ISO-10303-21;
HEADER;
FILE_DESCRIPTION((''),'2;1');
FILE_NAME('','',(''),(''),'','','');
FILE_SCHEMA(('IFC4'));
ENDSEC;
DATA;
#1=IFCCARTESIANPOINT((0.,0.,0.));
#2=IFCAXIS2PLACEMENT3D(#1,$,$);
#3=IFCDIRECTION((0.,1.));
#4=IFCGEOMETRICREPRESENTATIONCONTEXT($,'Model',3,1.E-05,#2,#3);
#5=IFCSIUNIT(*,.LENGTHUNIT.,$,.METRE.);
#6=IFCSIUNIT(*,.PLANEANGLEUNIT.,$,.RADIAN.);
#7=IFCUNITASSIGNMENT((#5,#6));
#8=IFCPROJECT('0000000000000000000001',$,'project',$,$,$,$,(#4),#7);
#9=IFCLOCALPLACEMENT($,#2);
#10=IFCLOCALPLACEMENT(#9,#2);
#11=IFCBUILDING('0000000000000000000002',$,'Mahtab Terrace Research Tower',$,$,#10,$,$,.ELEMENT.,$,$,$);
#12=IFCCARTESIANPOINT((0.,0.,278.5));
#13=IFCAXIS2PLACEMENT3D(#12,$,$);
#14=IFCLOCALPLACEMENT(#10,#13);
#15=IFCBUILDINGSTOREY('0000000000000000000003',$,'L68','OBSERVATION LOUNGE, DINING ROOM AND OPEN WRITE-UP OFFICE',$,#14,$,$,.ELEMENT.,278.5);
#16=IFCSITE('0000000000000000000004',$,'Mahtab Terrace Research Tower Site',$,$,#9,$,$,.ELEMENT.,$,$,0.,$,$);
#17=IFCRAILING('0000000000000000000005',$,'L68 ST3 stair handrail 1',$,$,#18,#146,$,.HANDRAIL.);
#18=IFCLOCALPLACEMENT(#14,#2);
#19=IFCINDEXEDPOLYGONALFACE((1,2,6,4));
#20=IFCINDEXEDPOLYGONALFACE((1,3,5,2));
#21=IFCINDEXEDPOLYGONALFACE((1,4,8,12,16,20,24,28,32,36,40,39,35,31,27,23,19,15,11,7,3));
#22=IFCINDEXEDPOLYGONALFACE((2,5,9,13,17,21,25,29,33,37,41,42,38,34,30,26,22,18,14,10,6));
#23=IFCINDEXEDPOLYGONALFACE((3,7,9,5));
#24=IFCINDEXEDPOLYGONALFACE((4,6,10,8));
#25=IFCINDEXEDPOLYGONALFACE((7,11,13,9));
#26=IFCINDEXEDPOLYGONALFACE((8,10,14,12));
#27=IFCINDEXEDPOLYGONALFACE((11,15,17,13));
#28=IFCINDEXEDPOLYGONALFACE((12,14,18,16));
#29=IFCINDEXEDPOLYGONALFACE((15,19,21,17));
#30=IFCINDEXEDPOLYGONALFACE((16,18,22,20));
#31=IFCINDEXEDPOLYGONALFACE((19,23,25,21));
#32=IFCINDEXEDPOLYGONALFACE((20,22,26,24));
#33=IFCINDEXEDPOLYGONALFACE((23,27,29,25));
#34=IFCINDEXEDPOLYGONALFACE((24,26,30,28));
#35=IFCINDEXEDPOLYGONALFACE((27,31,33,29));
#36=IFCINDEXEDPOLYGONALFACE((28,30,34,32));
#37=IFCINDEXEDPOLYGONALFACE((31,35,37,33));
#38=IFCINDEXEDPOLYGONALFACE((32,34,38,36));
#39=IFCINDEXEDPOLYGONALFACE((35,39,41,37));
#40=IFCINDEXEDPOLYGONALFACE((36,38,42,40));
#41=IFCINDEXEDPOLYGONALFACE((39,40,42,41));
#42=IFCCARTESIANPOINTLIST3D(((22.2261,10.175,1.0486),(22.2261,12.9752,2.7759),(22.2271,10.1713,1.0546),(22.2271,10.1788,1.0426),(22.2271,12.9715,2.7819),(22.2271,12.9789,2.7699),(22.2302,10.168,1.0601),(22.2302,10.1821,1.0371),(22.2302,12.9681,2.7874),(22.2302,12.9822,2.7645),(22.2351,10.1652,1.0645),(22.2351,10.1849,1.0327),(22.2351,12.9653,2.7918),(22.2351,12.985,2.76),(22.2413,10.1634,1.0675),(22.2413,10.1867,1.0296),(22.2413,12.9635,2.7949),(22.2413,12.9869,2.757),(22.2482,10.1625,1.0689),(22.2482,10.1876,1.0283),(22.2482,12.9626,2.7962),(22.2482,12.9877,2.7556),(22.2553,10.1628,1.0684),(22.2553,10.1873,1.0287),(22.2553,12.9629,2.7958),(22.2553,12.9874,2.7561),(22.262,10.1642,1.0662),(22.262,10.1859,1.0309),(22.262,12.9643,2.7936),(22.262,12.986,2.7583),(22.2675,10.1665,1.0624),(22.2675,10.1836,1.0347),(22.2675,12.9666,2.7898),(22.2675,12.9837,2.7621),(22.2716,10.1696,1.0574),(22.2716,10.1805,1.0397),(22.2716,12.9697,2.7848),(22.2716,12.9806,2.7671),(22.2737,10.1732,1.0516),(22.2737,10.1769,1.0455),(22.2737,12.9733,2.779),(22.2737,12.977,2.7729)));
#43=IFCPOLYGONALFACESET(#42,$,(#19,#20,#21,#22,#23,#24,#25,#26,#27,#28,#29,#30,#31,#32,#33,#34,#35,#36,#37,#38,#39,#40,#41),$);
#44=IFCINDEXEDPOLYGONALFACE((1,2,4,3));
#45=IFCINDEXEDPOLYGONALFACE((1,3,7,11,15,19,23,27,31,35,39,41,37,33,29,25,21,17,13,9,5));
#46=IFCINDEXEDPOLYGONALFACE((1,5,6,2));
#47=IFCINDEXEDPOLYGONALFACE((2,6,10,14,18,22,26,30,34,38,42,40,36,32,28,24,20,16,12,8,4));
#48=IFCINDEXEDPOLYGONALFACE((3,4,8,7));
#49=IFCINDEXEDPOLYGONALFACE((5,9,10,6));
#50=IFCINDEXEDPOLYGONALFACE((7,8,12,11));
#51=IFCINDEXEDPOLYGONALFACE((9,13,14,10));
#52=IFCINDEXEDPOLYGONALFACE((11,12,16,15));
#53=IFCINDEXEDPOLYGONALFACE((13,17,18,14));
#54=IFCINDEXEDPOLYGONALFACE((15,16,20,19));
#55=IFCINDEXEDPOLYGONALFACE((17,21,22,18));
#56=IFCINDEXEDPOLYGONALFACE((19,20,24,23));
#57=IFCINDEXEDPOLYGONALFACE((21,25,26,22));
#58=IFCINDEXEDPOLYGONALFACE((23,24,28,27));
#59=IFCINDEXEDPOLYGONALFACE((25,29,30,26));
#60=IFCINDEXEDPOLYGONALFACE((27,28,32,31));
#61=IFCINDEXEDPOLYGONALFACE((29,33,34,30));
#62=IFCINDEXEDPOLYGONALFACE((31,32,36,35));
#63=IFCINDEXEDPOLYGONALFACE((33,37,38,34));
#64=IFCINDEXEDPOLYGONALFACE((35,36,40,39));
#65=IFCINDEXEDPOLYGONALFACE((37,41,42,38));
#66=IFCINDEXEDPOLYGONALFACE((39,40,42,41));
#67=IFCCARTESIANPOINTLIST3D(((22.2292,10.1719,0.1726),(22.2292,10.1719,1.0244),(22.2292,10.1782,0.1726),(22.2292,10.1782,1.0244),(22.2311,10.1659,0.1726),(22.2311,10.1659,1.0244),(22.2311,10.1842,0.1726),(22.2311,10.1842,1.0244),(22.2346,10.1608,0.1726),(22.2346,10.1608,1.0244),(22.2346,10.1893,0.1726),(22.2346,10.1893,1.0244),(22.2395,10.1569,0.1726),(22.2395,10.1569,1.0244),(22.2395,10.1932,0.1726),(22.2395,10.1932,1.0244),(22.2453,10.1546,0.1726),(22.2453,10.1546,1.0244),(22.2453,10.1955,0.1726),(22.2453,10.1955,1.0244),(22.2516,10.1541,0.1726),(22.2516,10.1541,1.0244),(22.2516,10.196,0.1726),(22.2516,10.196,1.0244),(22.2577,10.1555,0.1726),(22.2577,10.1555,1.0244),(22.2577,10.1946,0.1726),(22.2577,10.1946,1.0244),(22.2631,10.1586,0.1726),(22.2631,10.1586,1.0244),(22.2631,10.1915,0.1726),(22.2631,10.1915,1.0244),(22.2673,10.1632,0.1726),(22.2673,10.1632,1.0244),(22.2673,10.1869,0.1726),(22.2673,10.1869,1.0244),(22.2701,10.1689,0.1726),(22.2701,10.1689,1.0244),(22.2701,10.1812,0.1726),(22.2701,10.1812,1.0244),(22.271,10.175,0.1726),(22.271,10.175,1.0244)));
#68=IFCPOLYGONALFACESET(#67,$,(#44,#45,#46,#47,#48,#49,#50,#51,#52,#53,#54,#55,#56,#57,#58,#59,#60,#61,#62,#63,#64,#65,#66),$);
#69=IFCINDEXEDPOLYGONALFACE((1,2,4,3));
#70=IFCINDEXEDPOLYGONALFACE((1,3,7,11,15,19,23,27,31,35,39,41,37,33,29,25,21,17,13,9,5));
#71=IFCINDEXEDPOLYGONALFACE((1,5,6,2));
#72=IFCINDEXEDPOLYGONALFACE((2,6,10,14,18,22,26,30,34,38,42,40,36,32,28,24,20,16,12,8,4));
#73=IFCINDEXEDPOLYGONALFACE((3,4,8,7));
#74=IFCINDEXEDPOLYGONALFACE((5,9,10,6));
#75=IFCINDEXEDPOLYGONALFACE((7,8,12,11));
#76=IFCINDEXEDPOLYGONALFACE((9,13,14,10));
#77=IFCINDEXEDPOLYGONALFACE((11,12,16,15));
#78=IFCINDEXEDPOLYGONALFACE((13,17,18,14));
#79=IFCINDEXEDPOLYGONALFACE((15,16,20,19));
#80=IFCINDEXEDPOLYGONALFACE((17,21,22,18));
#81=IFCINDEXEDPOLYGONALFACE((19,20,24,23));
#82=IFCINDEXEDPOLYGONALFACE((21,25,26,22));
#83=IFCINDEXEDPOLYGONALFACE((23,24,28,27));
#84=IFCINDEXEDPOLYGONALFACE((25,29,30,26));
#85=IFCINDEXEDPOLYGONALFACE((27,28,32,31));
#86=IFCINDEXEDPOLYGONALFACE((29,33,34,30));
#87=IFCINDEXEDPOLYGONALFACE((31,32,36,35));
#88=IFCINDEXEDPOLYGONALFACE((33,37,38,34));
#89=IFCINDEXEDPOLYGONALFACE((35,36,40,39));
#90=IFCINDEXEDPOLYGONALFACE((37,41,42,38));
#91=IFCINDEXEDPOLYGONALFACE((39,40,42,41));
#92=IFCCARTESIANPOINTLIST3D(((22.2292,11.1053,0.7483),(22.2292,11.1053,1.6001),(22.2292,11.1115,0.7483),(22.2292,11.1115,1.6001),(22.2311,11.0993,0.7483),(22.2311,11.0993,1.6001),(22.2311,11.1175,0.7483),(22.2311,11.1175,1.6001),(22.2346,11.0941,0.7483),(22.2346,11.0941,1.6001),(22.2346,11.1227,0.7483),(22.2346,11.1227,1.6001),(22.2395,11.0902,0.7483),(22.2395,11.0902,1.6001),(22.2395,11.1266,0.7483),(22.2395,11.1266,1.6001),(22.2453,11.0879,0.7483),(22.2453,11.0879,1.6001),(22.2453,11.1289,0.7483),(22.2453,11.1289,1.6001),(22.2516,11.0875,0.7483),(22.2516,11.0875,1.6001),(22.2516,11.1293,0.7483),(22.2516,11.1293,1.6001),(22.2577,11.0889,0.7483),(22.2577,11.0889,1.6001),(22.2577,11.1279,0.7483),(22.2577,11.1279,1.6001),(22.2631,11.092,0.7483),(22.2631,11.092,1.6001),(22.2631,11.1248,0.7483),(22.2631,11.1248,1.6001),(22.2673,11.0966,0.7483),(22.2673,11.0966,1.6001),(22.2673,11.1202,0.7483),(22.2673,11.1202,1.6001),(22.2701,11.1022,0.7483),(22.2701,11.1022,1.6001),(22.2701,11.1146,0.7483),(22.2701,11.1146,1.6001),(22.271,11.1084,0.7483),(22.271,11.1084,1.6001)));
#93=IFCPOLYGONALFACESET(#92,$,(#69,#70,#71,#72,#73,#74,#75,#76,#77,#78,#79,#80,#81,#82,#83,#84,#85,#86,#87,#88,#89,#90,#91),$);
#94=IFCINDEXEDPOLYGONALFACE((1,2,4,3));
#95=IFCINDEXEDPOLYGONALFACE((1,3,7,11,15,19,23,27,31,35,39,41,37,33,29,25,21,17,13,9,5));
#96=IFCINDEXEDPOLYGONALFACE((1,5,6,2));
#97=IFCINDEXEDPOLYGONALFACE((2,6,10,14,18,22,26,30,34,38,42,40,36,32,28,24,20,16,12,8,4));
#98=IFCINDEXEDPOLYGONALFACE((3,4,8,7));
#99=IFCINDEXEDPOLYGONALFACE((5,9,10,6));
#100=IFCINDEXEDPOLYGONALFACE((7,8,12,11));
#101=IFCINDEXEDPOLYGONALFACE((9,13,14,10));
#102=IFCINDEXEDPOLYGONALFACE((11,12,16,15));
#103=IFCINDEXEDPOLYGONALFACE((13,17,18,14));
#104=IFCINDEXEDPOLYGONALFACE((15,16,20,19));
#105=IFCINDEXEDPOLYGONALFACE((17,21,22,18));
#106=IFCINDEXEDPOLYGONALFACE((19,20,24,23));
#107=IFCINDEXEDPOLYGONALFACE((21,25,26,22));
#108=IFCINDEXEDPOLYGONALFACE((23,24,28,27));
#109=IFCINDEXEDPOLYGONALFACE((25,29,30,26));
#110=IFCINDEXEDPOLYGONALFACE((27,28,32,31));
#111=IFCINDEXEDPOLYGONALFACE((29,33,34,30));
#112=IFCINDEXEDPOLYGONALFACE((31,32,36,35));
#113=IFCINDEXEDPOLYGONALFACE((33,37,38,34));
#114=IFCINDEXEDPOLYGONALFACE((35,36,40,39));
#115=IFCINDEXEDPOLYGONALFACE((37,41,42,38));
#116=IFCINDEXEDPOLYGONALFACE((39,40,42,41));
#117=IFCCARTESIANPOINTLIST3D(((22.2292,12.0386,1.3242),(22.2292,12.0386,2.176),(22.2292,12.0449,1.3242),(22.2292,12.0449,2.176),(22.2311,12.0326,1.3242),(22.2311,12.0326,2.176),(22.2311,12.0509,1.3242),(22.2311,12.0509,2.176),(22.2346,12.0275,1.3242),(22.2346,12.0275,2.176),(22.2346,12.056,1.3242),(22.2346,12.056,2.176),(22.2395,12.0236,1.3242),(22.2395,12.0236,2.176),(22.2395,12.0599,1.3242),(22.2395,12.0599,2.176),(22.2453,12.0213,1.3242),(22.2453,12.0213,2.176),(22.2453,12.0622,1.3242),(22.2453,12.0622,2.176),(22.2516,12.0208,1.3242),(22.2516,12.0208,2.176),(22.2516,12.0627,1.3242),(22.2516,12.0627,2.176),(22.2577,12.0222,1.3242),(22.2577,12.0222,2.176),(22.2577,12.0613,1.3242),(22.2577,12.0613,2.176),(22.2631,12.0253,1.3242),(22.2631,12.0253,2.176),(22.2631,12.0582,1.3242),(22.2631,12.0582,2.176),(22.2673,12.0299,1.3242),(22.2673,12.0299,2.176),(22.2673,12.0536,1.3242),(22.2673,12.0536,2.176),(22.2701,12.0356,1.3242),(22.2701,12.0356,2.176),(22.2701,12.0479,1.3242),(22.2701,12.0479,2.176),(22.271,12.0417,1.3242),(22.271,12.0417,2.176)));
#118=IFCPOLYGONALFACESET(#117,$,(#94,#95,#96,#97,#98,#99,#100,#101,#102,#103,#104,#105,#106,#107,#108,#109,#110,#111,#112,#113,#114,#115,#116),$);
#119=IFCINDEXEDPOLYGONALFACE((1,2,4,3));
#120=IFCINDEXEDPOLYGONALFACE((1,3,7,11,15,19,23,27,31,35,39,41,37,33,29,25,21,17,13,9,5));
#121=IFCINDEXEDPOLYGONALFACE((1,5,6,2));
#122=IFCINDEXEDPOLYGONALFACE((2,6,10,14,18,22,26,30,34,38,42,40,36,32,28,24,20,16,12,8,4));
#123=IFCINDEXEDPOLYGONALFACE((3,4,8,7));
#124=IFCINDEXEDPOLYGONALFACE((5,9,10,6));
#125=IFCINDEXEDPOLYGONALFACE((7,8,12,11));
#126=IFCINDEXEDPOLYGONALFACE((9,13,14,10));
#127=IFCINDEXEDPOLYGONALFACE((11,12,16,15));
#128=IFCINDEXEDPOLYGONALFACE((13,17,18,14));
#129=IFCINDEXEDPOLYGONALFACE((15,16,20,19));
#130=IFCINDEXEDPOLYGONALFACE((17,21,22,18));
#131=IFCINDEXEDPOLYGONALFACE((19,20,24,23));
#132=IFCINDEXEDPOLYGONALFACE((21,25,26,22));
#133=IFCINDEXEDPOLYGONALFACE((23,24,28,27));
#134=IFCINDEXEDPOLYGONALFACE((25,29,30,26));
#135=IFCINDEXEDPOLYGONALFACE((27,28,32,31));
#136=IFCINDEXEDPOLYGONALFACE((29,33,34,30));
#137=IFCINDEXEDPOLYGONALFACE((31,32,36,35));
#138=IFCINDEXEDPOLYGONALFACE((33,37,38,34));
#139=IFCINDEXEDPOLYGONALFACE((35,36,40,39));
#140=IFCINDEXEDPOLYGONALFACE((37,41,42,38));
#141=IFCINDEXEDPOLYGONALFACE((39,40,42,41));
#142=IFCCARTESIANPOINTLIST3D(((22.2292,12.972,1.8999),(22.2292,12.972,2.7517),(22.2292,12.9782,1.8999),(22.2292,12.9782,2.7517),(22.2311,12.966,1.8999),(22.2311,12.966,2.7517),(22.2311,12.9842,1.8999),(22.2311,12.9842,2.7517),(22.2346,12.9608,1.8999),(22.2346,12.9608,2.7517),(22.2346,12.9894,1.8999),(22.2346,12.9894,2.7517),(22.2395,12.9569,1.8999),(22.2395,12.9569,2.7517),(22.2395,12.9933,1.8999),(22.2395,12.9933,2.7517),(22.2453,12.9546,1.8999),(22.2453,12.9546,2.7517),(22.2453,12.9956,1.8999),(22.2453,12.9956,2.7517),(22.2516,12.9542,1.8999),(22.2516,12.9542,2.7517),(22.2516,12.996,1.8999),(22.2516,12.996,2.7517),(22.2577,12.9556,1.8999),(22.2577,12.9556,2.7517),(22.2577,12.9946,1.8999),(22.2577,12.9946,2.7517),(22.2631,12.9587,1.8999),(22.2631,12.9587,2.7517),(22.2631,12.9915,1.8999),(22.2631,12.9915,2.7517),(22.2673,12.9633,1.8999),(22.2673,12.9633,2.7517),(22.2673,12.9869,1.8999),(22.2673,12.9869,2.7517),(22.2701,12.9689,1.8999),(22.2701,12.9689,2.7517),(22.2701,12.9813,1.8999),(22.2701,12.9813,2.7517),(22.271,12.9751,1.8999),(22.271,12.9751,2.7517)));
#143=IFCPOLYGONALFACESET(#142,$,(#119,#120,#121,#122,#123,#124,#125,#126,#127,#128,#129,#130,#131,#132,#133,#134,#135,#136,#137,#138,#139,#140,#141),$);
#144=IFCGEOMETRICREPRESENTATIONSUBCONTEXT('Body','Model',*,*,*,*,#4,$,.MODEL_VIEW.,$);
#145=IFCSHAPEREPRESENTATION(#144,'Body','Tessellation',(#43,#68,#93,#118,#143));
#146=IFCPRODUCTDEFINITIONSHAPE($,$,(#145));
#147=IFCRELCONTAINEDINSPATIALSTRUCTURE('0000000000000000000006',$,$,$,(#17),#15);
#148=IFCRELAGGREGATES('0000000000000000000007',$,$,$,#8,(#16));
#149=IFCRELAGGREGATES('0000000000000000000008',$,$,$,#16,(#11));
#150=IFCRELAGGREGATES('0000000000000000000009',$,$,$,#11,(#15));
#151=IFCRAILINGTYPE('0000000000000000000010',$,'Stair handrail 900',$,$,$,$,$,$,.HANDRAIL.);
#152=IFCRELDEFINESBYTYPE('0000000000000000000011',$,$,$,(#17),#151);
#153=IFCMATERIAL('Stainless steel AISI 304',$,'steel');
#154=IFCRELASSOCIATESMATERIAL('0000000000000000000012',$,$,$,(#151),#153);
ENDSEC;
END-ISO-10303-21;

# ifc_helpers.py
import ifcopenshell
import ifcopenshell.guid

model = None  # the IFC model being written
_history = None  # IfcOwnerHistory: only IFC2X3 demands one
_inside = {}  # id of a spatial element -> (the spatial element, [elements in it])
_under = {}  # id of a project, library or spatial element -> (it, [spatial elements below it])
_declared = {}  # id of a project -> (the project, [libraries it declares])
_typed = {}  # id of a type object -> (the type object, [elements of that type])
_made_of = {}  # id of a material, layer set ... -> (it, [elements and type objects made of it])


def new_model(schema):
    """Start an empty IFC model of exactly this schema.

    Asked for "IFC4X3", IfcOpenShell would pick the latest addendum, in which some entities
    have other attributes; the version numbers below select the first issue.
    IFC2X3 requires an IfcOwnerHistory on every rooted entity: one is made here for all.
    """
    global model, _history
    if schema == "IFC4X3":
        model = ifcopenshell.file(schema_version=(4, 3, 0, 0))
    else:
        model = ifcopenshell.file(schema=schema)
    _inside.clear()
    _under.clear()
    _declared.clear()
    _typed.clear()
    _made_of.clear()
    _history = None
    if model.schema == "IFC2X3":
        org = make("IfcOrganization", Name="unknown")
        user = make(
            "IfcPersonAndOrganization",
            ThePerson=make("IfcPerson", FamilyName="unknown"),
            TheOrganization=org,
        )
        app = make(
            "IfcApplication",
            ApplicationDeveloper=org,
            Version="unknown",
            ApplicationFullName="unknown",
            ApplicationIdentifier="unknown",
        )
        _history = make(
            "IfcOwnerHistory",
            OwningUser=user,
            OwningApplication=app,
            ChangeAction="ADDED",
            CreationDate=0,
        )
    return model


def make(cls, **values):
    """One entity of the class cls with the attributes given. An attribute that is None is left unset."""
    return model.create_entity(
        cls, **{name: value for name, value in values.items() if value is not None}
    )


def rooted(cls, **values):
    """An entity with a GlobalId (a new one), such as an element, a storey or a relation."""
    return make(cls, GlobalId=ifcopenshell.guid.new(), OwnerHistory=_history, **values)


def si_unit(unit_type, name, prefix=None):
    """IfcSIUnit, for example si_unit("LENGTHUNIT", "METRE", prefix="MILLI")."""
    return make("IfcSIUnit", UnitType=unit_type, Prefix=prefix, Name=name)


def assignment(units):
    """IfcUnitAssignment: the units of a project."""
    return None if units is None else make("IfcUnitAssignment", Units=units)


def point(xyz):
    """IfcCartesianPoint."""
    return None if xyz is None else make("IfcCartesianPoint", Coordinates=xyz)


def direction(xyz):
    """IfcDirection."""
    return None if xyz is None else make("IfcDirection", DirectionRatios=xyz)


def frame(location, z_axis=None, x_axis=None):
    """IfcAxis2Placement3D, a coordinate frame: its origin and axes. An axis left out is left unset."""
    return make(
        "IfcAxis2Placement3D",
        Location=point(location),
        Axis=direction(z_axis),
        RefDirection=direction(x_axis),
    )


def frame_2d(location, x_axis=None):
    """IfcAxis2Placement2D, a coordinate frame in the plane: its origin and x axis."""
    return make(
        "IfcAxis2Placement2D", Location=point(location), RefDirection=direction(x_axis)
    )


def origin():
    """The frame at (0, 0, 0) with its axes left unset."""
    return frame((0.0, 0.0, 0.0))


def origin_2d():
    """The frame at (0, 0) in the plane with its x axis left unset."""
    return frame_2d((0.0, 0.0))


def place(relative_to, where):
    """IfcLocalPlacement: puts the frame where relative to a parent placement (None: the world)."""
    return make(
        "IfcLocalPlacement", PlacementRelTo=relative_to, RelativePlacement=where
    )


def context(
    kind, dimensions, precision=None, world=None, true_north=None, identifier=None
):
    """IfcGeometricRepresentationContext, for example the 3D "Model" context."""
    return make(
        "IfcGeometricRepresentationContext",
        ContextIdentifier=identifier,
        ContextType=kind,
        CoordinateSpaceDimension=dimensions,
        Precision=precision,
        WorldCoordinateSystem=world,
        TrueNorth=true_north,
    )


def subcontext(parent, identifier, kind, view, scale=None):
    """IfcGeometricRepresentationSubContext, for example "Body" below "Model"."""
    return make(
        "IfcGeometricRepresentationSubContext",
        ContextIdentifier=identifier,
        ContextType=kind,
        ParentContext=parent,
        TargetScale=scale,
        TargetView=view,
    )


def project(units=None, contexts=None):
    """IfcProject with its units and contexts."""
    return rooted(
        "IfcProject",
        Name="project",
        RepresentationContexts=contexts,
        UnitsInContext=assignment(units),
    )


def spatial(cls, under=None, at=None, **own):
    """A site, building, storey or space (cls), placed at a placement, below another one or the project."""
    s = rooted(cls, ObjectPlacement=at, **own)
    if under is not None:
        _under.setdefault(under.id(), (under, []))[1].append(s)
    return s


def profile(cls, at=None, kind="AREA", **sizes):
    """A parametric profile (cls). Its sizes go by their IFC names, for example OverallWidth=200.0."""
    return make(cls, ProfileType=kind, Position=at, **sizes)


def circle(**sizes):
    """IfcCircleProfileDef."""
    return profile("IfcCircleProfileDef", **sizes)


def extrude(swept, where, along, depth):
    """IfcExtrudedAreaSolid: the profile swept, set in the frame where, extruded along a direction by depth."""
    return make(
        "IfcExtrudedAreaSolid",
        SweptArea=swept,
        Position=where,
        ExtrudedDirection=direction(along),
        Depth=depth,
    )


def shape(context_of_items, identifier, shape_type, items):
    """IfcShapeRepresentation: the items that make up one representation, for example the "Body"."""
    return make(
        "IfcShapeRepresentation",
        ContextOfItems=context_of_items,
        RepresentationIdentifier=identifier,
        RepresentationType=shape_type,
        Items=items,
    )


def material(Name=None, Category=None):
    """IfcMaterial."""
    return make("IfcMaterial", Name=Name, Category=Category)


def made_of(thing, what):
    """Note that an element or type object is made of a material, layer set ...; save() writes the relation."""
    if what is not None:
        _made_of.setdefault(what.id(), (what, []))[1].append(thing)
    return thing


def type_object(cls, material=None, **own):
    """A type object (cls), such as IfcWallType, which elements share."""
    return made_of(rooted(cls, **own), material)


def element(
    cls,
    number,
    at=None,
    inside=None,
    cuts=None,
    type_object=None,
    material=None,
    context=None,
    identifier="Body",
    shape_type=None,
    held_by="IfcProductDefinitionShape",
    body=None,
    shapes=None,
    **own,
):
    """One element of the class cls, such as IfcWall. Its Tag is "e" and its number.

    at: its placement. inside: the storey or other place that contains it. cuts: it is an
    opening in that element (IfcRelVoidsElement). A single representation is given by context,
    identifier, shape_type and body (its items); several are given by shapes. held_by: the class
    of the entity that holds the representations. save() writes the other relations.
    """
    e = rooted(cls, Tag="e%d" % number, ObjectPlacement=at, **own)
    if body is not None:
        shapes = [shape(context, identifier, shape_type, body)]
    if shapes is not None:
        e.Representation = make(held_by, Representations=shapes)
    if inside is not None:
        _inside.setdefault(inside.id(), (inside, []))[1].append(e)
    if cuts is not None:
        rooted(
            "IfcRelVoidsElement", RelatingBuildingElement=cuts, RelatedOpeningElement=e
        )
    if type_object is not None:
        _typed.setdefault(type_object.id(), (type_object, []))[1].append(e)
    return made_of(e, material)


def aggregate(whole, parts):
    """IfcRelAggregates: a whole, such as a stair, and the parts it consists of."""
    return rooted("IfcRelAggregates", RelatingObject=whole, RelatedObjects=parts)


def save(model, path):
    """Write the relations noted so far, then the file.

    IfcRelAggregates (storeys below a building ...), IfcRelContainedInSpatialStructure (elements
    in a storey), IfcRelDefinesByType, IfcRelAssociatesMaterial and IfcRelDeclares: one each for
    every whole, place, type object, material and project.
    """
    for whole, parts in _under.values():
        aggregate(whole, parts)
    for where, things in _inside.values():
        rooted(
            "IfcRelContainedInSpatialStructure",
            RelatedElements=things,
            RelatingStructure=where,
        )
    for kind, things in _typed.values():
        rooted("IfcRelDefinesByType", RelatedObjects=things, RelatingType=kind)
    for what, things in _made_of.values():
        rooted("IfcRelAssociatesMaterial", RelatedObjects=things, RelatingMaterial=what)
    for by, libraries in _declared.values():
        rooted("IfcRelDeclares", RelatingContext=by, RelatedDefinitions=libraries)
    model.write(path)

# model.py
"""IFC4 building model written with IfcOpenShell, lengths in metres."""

from ifc_helpers import new_model, si_unit, direction, frame, origin, origin_2d, place, context, subcontext, project, spatial, circle, extrude, material, type_object, element, save


model = new_model("IFC4")

# Units and contexts
model_context = context("Model", 3, precision=1e-05, world=origin(), true_north=direction((0.0, 1.0)))
body_context = subcontext(model_context, "Body", "Model", "MODEL_VIEW")
ifc_project = project(units=[si_unit("LENGTHUNIT", "METRE"), si_unit("PLANEANGLEUNIT", "RADIAN")], contexts=[model_context])

# Site, building, storey
site_placement = place(None, origin())
site = spatial("IfcSite", under=ifc_project, at=site_placement, Name="Mahtab Terrace Research Tower Site", CompositionType="ELEMENT", RefElevation=0.0)
building_placement = place(site_placement, origin())
building = spatial("IfcBuilding", under=site, at=building_placement, Name="Mahtab Terrace Research Tower", CompositionType="ELEMENT")
storey_placement = place(building_placement, frame((0.0, 0.0, 278.5)))
storey = spatial("IfcBuildingStorey", under=building, at=storey_placement, Name="L68", Description="OBSERVATION LOUNGE, DINING ROOM AND OPEN WRITE-UP OFFICE", CompositionType="ELEMENT", Elevation=278.5)

# Shared definitions
ifc_material_1 = material(Name="Stainless steel AISI 304", Category="steel")

# Railing
railing_type_1 = type_object("IfcRailingType", Name="Stair handrail 900", PredefinedType="HANDRAIL", material=ifc_material_1)
railing_1_placement = place(storey_placement, frame((22.25, 10.175, 0.1726)))
element("IfcRailing", 1, at=railing_1_placement, inside=storey, type_object=railing_type_1, Name="L68 ST3 stair handrail 1", PredefinedType="HANDRAIL", context=body_context, shape_type="SweptSolid", body=[
    extrude(circle(Radius=0.0239, at=origin_2d()), frame((0.0, 0.0, 0.876), z_axis=(0.0, 0.85109, 0.52502), x_axis=(-1.0, 0.0, 0.0)), (0.0, 0.0, 1.0), 3.29),
    extrude(circle(Radius=0.021, at=origin_2d()), origin(), (0.0, 0.0, 1.0), 0.8518),
    extrude(circle(Radius=0.021, at=origin_2d()), frame((0.0, 0.9333, 0.5757)), (0.0, 0.0, 1.0), 0.8518),
    extrude(circle(Radius=0.021, at=origin_2d()), frame((0.0, 1.8667, 1.1516)), (0.0, 0.0, 1.0), 0.8518),
    extrude(circle(Radius=0.021, at=origin_2d()), frame((0.0, 2.8, 1.7273)), (0.0, 0.0, 1.0), 0.8518),
])

save(model, "model.ifc")
